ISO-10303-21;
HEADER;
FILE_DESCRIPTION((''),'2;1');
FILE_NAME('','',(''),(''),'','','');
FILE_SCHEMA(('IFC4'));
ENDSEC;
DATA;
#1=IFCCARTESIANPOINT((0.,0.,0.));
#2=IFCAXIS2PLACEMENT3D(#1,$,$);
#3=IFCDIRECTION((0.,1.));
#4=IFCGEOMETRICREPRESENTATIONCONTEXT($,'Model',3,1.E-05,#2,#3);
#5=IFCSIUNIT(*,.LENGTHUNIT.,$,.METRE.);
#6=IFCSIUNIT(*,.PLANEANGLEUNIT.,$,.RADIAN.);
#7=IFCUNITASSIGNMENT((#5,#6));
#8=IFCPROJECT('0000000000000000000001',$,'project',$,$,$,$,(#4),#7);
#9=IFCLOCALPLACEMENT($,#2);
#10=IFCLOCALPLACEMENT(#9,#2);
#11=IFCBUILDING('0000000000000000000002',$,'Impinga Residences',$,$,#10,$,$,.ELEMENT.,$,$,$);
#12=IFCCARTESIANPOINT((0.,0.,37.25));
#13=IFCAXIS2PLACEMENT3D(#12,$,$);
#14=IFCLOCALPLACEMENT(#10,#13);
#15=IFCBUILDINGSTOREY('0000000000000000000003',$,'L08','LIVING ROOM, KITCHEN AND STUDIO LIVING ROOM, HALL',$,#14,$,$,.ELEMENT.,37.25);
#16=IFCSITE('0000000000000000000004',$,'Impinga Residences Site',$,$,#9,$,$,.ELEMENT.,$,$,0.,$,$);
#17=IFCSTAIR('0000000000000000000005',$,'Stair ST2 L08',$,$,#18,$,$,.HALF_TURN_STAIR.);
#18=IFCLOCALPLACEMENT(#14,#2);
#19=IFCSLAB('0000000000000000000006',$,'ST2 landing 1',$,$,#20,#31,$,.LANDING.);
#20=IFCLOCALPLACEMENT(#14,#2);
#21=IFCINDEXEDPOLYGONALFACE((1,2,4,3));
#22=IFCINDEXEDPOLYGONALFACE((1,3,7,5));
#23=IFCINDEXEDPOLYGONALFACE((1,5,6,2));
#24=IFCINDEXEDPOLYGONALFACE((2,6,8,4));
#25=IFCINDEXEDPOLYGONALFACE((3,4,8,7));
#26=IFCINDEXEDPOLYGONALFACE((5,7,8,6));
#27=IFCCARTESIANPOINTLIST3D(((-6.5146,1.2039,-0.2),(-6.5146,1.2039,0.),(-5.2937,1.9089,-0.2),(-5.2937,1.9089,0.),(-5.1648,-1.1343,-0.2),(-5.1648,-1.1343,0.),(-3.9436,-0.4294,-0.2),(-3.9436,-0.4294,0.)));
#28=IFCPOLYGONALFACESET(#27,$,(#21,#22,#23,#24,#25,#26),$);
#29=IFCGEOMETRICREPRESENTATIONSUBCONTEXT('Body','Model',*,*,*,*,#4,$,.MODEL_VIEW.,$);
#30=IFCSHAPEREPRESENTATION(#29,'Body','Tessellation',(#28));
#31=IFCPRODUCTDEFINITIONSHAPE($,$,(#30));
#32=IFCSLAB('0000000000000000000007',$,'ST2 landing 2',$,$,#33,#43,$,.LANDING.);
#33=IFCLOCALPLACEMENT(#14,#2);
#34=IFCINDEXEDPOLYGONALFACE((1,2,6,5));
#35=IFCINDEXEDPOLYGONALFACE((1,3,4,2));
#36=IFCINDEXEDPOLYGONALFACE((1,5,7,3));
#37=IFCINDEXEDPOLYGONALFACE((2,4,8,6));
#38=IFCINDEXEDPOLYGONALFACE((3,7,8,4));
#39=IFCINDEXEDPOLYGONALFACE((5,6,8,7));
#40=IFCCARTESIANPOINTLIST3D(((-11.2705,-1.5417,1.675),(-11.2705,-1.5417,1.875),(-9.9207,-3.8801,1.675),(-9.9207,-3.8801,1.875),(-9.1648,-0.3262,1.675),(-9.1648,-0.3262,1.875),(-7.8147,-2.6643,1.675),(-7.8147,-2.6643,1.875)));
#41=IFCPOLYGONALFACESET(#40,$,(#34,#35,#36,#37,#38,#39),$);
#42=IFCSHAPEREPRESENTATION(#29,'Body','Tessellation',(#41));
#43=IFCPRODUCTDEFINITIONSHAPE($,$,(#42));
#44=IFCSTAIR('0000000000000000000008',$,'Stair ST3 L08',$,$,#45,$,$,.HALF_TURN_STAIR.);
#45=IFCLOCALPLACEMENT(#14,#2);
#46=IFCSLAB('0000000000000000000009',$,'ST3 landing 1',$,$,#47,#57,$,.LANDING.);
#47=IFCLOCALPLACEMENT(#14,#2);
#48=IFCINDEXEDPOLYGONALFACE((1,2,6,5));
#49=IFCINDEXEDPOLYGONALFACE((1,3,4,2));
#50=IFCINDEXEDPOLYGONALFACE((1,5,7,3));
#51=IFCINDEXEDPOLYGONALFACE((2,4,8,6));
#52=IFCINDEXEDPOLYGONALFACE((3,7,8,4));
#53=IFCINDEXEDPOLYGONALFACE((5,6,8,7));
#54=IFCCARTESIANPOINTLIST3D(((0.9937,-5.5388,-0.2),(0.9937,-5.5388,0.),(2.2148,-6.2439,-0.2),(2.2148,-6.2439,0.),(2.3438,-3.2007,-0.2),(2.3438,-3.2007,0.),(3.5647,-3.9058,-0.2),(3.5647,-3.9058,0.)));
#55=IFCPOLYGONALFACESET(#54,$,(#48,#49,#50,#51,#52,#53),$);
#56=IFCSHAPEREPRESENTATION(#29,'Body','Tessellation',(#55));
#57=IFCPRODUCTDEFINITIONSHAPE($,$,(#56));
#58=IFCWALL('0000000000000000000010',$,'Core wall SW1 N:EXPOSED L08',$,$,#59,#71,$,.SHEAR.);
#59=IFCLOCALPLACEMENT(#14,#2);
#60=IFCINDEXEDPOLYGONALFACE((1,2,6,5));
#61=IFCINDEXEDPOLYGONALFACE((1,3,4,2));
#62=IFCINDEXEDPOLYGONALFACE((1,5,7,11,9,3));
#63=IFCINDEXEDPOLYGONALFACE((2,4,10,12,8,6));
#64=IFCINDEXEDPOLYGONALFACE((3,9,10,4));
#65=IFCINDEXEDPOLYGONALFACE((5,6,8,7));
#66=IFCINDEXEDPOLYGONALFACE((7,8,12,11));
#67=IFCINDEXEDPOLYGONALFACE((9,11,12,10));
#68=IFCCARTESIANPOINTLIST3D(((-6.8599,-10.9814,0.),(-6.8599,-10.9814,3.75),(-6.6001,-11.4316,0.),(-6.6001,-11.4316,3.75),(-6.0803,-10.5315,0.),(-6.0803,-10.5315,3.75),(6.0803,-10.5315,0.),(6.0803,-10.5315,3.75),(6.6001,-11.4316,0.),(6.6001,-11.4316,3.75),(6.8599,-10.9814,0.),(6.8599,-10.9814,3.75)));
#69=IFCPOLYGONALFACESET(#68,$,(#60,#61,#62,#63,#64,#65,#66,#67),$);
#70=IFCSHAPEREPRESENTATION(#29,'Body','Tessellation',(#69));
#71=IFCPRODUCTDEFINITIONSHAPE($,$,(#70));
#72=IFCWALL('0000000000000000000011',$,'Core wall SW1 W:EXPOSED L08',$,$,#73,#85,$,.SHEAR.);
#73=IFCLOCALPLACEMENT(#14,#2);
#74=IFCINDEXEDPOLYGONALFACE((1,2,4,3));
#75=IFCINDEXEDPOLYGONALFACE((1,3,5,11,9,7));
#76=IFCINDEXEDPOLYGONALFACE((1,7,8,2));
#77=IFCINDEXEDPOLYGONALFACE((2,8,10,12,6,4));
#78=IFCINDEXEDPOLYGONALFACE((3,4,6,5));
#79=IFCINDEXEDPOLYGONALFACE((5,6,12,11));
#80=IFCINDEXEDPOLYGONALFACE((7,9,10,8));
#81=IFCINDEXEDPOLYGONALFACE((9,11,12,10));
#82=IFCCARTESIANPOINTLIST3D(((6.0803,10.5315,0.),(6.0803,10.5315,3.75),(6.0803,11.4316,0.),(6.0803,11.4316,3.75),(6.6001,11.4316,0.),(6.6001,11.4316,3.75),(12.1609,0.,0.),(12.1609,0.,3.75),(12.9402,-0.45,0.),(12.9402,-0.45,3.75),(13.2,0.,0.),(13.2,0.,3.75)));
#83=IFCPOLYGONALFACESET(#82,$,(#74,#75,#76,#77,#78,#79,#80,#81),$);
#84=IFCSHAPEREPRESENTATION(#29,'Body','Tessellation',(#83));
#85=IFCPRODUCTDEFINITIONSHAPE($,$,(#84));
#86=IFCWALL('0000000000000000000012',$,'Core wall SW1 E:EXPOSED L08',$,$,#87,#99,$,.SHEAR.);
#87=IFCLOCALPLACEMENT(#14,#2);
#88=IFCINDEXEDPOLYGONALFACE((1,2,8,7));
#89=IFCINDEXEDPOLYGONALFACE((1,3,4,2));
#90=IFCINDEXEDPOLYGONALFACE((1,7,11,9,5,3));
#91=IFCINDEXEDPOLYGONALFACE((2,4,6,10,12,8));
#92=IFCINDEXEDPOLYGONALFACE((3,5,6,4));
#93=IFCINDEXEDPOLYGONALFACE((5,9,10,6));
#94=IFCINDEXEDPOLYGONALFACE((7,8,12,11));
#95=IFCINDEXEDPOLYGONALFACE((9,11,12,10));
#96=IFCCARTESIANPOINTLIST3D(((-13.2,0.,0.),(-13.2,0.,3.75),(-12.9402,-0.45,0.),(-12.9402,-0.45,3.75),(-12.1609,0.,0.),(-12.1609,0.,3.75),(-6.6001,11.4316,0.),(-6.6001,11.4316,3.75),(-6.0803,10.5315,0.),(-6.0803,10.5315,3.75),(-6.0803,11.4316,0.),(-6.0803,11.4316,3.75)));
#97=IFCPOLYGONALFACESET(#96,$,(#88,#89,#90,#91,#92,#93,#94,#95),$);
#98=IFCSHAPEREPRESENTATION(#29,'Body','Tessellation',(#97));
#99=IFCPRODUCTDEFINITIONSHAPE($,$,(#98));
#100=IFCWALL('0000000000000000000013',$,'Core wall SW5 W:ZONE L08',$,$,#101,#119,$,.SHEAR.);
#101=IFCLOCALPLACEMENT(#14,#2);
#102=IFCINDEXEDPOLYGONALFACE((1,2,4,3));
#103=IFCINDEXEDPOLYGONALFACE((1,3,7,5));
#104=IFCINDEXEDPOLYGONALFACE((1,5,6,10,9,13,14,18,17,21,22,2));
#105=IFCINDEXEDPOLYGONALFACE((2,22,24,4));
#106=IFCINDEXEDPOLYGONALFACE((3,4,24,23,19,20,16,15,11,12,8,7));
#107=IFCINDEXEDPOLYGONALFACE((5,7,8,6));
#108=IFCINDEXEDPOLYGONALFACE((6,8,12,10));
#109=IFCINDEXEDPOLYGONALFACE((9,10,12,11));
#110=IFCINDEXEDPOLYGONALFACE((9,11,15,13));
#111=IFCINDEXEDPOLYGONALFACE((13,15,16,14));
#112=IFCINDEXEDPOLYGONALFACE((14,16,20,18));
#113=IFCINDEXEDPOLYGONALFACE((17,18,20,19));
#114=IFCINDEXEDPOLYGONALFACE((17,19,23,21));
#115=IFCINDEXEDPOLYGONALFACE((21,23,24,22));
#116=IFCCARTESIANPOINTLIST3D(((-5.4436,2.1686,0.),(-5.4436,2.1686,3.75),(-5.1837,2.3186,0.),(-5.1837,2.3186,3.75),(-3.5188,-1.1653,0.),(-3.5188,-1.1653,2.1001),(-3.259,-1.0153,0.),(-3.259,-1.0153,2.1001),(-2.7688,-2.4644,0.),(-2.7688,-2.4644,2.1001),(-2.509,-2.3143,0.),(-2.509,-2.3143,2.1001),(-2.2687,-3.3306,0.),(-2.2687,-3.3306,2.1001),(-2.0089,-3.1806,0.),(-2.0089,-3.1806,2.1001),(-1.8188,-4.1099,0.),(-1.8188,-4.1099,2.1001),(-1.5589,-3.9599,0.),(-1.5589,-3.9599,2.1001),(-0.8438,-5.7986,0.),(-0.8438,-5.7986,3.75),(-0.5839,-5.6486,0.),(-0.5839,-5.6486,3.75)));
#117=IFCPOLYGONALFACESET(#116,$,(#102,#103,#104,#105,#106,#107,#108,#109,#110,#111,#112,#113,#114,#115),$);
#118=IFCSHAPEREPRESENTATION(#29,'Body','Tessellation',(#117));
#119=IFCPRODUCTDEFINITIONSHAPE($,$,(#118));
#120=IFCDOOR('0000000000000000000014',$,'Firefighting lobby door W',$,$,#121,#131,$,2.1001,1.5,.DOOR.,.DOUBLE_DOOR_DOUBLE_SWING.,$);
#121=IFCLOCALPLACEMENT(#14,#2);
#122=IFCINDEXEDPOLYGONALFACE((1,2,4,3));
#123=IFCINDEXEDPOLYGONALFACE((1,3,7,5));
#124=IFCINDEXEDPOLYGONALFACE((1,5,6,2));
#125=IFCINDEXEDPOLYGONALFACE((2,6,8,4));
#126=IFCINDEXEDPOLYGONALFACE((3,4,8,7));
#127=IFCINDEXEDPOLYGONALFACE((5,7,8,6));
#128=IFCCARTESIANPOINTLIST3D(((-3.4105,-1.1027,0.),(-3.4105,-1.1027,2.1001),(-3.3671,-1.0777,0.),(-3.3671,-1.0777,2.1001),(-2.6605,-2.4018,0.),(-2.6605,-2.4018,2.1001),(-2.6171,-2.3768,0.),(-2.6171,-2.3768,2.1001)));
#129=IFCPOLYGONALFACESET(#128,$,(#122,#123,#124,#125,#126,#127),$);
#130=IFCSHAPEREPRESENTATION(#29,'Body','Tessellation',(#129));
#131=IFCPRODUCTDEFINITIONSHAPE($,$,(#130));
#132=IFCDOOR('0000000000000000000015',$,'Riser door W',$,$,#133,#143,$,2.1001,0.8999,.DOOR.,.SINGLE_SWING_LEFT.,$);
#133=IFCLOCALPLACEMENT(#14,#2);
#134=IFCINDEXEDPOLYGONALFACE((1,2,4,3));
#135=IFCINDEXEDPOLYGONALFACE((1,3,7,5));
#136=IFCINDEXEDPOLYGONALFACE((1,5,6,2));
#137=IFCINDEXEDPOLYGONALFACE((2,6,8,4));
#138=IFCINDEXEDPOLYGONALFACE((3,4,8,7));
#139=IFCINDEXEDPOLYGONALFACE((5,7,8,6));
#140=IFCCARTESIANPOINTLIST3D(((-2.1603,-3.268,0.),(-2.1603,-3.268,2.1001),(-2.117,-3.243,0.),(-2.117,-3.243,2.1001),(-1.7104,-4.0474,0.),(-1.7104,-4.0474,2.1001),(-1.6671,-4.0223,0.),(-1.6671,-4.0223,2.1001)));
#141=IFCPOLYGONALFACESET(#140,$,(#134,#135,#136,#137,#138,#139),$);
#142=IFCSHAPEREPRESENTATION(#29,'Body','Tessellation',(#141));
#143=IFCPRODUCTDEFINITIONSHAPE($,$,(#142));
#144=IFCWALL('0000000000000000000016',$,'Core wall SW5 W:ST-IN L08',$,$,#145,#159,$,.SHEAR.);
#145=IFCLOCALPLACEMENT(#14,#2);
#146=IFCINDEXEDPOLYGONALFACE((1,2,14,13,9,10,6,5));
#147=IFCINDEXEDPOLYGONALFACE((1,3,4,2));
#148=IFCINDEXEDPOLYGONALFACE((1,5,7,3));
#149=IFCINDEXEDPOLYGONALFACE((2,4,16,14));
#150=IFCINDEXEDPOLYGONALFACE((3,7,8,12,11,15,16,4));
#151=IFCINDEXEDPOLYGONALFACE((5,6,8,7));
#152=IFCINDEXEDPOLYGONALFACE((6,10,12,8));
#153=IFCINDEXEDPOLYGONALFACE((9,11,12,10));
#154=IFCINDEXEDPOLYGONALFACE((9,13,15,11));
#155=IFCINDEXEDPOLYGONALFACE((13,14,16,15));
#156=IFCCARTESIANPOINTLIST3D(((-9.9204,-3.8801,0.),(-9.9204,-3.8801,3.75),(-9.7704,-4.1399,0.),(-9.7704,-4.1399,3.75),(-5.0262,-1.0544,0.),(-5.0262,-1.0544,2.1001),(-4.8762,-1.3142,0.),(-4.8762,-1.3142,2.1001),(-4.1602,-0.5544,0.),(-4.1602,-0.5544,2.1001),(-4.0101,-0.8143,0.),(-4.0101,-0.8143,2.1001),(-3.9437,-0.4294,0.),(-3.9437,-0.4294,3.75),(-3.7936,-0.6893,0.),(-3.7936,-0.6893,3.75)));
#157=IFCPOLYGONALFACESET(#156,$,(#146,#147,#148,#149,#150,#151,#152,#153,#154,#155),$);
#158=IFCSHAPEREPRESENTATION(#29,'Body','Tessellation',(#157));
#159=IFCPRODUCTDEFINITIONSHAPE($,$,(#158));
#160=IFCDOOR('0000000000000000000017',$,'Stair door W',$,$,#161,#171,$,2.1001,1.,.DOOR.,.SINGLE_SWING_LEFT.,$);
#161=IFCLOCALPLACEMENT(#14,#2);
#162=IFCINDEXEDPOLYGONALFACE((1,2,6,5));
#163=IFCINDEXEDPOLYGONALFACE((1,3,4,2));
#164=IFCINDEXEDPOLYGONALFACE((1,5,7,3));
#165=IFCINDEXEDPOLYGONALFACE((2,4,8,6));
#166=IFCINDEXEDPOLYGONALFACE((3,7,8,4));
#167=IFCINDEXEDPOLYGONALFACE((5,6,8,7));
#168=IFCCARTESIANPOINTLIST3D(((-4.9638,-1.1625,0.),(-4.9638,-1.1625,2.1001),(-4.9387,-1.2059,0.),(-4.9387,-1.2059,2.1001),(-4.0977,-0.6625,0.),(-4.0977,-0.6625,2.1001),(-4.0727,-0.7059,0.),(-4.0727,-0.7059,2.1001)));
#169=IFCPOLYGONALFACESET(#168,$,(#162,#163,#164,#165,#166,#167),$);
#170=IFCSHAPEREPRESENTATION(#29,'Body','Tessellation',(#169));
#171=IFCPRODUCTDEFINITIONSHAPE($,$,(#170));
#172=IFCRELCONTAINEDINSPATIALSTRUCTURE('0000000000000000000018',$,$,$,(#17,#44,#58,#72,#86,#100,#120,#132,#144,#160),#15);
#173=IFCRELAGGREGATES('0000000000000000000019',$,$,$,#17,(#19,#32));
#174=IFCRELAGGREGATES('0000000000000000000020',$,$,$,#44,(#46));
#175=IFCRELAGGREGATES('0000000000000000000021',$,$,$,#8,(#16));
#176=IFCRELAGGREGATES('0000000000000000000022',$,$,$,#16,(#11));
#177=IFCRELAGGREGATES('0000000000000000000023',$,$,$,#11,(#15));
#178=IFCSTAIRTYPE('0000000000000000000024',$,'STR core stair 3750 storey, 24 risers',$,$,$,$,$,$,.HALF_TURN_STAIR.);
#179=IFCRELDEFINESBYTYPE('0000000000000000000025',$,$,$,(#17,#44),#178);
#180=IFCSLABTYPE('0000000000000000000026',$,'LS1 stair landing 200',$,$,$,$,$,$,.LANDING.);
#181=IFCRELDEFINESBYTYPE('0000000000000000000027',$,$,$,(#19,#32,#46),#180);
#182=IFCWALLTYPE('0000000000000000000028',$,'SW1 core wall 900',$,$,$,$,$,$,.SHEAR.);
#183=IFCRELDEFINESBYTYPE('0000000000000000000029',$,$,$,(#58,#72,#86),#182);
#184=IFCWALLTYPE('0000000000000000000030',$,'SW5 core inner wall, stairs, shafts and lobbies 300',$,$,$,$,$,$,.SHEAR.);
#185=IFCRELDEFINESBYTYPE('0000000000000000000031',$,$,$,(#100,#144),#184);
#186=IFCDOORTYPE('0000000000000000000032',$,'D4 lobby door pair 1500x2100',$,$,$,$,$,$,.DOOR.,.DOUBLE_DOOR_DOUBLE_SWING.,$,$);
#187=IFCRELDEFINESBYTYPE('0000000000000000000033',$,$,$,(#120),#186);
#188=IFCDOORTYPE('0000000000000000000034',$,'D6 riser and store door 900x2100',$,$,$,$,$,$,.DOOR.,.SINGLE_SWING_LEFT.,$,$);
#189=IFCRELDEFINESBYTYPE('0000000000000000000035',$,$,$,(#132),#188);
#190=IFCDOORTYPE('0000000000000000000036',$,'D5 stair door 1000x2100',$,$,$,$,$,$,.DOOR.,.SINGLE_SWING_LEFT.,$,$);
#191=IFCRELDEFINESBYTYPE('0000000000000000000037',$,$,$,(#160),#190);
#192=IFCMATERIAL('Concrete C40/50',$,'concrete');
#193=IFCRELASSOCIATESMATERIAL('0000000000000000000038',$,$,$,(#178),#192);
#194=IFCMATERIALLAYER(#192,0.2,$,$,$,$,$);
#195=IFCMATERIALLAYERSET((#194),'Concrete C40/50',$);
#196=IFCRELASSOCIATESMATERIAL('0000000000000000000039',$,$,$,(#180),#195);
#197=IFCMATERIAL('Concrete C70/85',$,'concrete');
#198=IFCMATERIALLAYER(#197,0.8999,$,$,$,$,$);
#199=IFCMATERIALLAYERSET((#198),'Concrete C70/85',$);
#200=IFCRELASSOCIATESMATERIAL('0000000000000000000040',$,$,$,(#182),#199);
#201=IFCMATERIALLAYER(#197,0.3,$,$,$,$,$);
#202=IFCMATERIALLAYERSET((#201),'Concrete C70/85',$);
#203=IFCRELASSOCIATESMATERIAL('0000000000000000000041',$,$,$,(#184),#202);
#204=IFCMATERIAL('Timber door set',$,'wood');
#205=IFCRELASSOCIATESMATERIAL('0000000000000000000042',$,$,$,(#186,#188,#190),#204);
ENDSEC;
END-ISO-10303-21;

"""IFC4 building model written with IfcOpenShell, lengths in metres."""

from ifc_helpers import new_model, si_unit, direction, frame, frame_2d, origin, place, context, subcontext, project, spatial, polyline, rectangle, outline, extrude, material, layer, layer_set, type_object, element, fill, aggregate, save


model = new_model("IFC4")

# Units and contexts
model_context = context("Model", 3, precision=1e-05, world=origin(), true_north=direction((0.0, 1.0)))
body_context = subcontext(model_context, "Body", "Model", "MODEL_VIEW")
ifc_project = project(units=[si_unit("LENGTHUNIT", "METRE"), si_unit("PLANEANGLEUNIT", "RADIAN")], contexts=[model_context])

# Site, building, storey
site_placement = place(None, origin())
site = spatial("IfcSite", under=ifc_project, at=site_placement, Name="Impinga Residences Site", CompositionType="ELEMENT", RefElevation=0.0)
building_placement = place(site_placement, origin())
building = spatial("IfcBuilding", under=site, at=building_placement, Name="Impinga Residences", CompositionType="ELEMENT")
storey_placement = place(building_placement, frame((0.0, 0.0, 37.25)))
storey = spatial("IfcBuildingStorey", under=building, at=storey_placement, Name="L08", Description="LIVING ROOM, KITCHEN AND STUDIO LIVING ROOM, HALL", CompositionType="ELEMENT", Elevation=37.25)

# Stair, slabs
ifc_material_1 = material(Name="Concrete C40/50", Category="concrete")
stair_type = type_object("IfcStairType", Name="STR core stair 3750 storey, 24 risers", PredefinedType="HALF_TURN_STAIR", material=ifc_material_1)
ifc_layer_1 = layer(ifc_material_1, 0.2)
ifc_layer_set_1 = layer_set([ifc_layer_1], Name="Concrete C40/50")
slab_type_1 = type_object("IfcSlabType", Name="LS1 stair landing 200", PredefinedType="LANDING", material=ifc_layer_set_1)
stair_1_placement = place(storey_placement, origin())
stair_1 = element("IfcStair", 1, at=stair_1_placement, inside=storey, type_object=stair_type, Name="Stair ST2 L08", PredefinedType="HALF_TURN_STAIR")
slab_1_placement = place(storey_placement, frame((0.0, 0.0, -0.2)))
slab_1 = element("IfcSlab", 2, at=slab_1_placement, type_object=slab_type_1, Name="ST2 landing 1", PredefinedType="LANDING", context=body_context, shape_type="SweptSolid", body=[
    extrude(outline(polyline([(-3.9436, -0.4294), (-5.2937, 1.9089), (-6.5146, 1.2039), (-5.1648, -1.1343), (-3.9436, -0.4294)])), origin(), (0.0, 0.0, 1.0), 0.2),
])
slab_2_placement = place(storey_placement, frame((0.0, 0.0, 1.675)))
slab_2 = element("IfcSlab", 3, at=slab_2_placement, type_object=slab_type_1, Name="ST2 landing 2", PredefinedType="LANDING", context=body_context, shape_type="SweptSolid", body=[
    extrude(outline(polyline([(-7.8147, -2.6643), (-9.1648, -0.3262), (-11.2705, -1.5417), (-9.9207, -3.8801), (-7.8147, -2.6643)])), origin(), (0.0, 0.0, 1.0), 0.2),
])
aggregate(stair_1, [slab_1, slab_2])

# Stair, slab
stair_2_placement = place(storey_placement, origin())
stair_2 = element("IfcStair", 4, at=stair_2_placement, inside=storey, type_object=stair_type, Name="Stair ST3 L08", PredefinedType="HALF_TURN_STAIR")
slab_3_placement = place(storey_placement, frame((0.0, 0.0, -0.2)))
slab_3 = element("IfcSlab", 5, at=slab_3_placement, type_object=slab_type_1, Name="ST3 landing 1", PredefinedType="LANDING", context=body_context, shape_type="SweptSolid", body=[
    extrude(outline(polyline([(2.3438, -3.2007), (0.9937, -5.5388), (2.2148, -6.2439), (3.5647, -3.9058), (2.3438, -3.2007)])), origin(), (0.0, 0.0, 1.0), 0.2),
])
aggregate(stair_2, [slab_3])

# Walls
ifc_material_2 = material(Name="Concrete C70/85", Category="concrete")
ifc_layer_2 = layer(ifc_material_2, 0.8999)
ifc_layer_set_2 = layer_set([ifc_layer_2], Name="Concrete C70/85")
wall_type_1 = type_object("IfcWallType", Name="SW1 core wall 900", PredefinedType="SHEAR", material=ifc_layer_set_2)
wall_1_placement = place(storey_placement, origin())
element("IfcWall", 6, at=wall_1_placement, inside=storey, type_object=wall_type_1, Name="Core wall SW1 N:EXPOSED L08", PredefinedType="SHEAR", context=body_context, shape_type="SweptSolid", body=[
    extrude(outline(polyline([(-6.6001, -11.4316), (6.6001, -11.4316), (6.8599, -10.9814), (6.0803, -10.5315), (-6.0803, -10.5315), (-6.8599, -10.9814), (-6.6001, -11.4316)])), origin(), (0.0, 0.0, 1.0), 3.75),
])
wall_2_placement = place(storey_placement, origin())
element("IfcWall", 7, at=wall_2_placement, inside=storey, type_object=wall_type_1, Name="Core wall SW1 W:EXPOSED L08", PredefinedType="SHEAR", context=body_context, shape_type="SweptSolid", body=[
    extrude(outline(polyline([(13.2, 0.0), (6.6001, 11.4316), (6.0803, 11.4316), (6.0803, 10.5315), (12.1609, 0.0), (12.9402, -0.45), (13.2, 0.0)])), origin(), (0.0, 0.0, 1.0), 3.75),
])
wall_3_placement = place(storey_placement, origin())
element("IfcWall", 8, at=wall_3_placement, inside=storey, type_object=wall_type_1, Name="Core wall SW1 E:EXPOSED L08", PredefinedType="SHEAR", context=body_context, shape_type="SweptSolid", body=[
    extrude(outline(polyline([(-6.6001, 11.4316), (-13.2, 0.0), (-12.9402, -0.45), (-12.1609, 0.0), (-6.0803, 10.5315), (-6.0803, 11.4316), (-6.6001, 11.4316)])), origin(), (0.0, 0.0, 1.0), 3.75),
])

# Wall, openings, doors
ifc_layer_3 = layer(ifc_material_2, 0.3)
ifc_layer_set_3 = layer_set([ifc_layer_3], Name="Concrete C70/85")
wall_type_2 = type_object("IfcWallType", Name="SW5 core inner wall, stairs, shafts and lobbies 300", PredefinedType="SHEAR", material=ifc_layer_set_3)
wall_4_placement = place(storey_placement, frame((-0.7139, -5.7236, 0.0), z_axis=(0.0, 0.0, 1.0), x_axis=(-0.499995, 0.866028, 0.0)))
wall_4 = element("IfcWall", 9, at=wall_4_placement, inside=storey, type_object=wall_type_2, Name="Core wall SW5 W:ZONE L08", PredefinedType="SHEAR", context=body_context, shape_type="SweptSolid", body=[
    extrude(rectangle(XDim=9.1997, YDim=0.3, at=frame_2d((4.5999, 0.0))), origin(), (0.0, 0.0, 1.0), 3.75),
])
opening_1_placement = place(wall_4_placement, frame((3.8501, 0.0, 0.0)))
opening_1 = element("IfcOpeningElement", 10, at=opening_1_placement, cuts=wall_4, PredefinedType="OPENING", context=body_context, shape_type="SweptSolid", body=[
    extrude(rectangle(XDim=1.5, YDim=2.1001, at=frame_2d((0.75, 1.05))), frame((0.0, 0.1599, 0.0), z_axis=(0.0, -1.0, 0.0), x_axis=(1.0, 0.0, 0.0)), (0.0, 0.0, 1.0), 0.3201),
])
opening_2_placement = place(wall_4_placement, frame((1.95, 0.0, 0.0)))
opening_2 = element("IfcOpeningElement", 11, at=opening_2_placement, cuts=wall_4, PredefinedType="OPENING", context=body_context, shape_type="SweptSolid", body=[
    extrude(rectangle(XDim=0.8999, YDim=2.1001, at=frame_2d((0.45, 1.05))), frame((0.0, 0.1599, 0.0), z_axis=(0.0, -1.0, 0.0), x_axis=(1.0, 0.0, 0.0)), (0.0, 0.0, 1.0), 0.3201),
])
ifc_material_3 = material(Name="Timber door set", Category="wood")
door_type_1 = type_object("IfcDoorType", Name="D4 lobby door pair 1500x2100", OperationType="DOUBLE_DOOR_DOUBLE_SWING", PredefinedType="DOOR", material=ifc_material_3)
door_1_placement = place(opening_1_placement, origin())
door_1 = element("IfcDoor", 12, at=door_1_placement, inside=storey, type_object=door_type_1, Name="Firefighting lobby door W", OperationType="DOUBLE_DOOR_DOUBLE_SWING", OverallHeight=2.1001, OverallWidth=1.5, PredefinedType="DOOR", context=body_context, shape_type="SweptSolid", body=[
    extrude(rectangle(XDim=1.5, YDim=2.1001, at=frame_2d((0.75, 1.05))), frame((0.0, 0.0249, 0.0), z_axis=(0.0, -1.0, 0.0), x_axis=(1.0, 0.0, 0.0)), (0.0, 0.0, 1.0), 0.05),
])
fill(opening_1, door_1)
door_type_2 = type_object("IfcDoorType", Name="D6 riser and store door 900x2100", OperationType="SINGLE_SWING_LEFT", PredefinedType="DOOR", material=ifc_material_3)
door_2_placement = place(opening_2_placement, origin())
door_2 = element("IfcDoor", 13, at=door_2_placement, inside=storey, type_object=door_type_2, Name="Riser door W", OperationType="SINGLE_SWING_LEFT", OverallHeight=2.1001, OverallWidth=0.8999, PredefinedType="DOOR", context=body_context, shape_type="SweptSolid", body=[
    extrude(rectangle(XDim=0.8999, YDim=2.1001, at=frame_2d((0.45, 1.05))), frame((0.0, 0.0249, 0.0), z_axis=(0.0, -1.0, 0.0), x_axis=(1.0, 0.0, 0.0)), (0.0, 0.0, 1.0), 0.05),
])
fill(opening_2, door_2)

# Wall, opening, door
wall_5_placement = place(storey_placement, frame((-3.8687, -0.5593, 0.0), z_axis=(0.0, 0.0, 1.0), x_axis=(-0.866027, -0.499997, 0.0)))
wall_5 = element("IfcWall", 14, at=wall_5_placement, inside=storey, type_object=wall_type_2, Name="Core wall SW5 W:ST-IN L08", PredefinedType="SHEAR", context=body_context, shape_type="SweptSolid", body=[
    extrude(rectangle(XDim=6.9014, YDim=0.3, at=frame_2d((3.4507, 0.0))), origin(), (0.0, 0.0, 1.0), 3.75),
])
opening_3_placement = place(wall_5_placement, frame((0.25, 0.0, 0.0)))
opening_3 = element("IfcOpeningElement", 15, at=opening_3_placement, cuts=wall_5, PredefinedType="OPENING", context=body_context, shape_type="SweptSolid", body=[
    extrude(rectangle(XDim=1.0, YDim=2.1001, at=frame_2d((0.5, 1.05))), frame((0.0, 0.1599, 0.0), z_axis=(0.0, -1.0, 0.0), x_axis=(1.0, 0.0, 0.0)), (0.0, 0.0, 1.0), 0.3201),
])
door_type_3 = type_object("IfcDoorType", Name="D5 stair door 1000x2100", OperationType="SINGLE_SWING_LEFT", PredefinedType="DOOR", material=ifc_material_3)
door_3_placement = place(opening_3_placement, origin())
door_3 = element("IfcDoor", 16, at=door_3_placement, inside=storey, type_object=door_type_3, Name="Stair door W", OperationType="SINGLE_SWING_LEFT", OverallHeight=2.1001, OverallWidth=1.0, PredefinedType="DOOR", context=body_context, shape_type="SweptSolid", body=[
    extrude(rectangle(XDim=1.0, YDim=2.1001, at=frame_2d((0.5, 1.05))), frame((0.0, 0.0249, 0.0), z_axis=(0.0, -1.0, 0.0), x_axis=(1.0, 0.0, 0.0)), (0.0, 0.0, 1.0), 0.05),
])
fill(opening_3, door_3)

save(model, "model.ifc")
